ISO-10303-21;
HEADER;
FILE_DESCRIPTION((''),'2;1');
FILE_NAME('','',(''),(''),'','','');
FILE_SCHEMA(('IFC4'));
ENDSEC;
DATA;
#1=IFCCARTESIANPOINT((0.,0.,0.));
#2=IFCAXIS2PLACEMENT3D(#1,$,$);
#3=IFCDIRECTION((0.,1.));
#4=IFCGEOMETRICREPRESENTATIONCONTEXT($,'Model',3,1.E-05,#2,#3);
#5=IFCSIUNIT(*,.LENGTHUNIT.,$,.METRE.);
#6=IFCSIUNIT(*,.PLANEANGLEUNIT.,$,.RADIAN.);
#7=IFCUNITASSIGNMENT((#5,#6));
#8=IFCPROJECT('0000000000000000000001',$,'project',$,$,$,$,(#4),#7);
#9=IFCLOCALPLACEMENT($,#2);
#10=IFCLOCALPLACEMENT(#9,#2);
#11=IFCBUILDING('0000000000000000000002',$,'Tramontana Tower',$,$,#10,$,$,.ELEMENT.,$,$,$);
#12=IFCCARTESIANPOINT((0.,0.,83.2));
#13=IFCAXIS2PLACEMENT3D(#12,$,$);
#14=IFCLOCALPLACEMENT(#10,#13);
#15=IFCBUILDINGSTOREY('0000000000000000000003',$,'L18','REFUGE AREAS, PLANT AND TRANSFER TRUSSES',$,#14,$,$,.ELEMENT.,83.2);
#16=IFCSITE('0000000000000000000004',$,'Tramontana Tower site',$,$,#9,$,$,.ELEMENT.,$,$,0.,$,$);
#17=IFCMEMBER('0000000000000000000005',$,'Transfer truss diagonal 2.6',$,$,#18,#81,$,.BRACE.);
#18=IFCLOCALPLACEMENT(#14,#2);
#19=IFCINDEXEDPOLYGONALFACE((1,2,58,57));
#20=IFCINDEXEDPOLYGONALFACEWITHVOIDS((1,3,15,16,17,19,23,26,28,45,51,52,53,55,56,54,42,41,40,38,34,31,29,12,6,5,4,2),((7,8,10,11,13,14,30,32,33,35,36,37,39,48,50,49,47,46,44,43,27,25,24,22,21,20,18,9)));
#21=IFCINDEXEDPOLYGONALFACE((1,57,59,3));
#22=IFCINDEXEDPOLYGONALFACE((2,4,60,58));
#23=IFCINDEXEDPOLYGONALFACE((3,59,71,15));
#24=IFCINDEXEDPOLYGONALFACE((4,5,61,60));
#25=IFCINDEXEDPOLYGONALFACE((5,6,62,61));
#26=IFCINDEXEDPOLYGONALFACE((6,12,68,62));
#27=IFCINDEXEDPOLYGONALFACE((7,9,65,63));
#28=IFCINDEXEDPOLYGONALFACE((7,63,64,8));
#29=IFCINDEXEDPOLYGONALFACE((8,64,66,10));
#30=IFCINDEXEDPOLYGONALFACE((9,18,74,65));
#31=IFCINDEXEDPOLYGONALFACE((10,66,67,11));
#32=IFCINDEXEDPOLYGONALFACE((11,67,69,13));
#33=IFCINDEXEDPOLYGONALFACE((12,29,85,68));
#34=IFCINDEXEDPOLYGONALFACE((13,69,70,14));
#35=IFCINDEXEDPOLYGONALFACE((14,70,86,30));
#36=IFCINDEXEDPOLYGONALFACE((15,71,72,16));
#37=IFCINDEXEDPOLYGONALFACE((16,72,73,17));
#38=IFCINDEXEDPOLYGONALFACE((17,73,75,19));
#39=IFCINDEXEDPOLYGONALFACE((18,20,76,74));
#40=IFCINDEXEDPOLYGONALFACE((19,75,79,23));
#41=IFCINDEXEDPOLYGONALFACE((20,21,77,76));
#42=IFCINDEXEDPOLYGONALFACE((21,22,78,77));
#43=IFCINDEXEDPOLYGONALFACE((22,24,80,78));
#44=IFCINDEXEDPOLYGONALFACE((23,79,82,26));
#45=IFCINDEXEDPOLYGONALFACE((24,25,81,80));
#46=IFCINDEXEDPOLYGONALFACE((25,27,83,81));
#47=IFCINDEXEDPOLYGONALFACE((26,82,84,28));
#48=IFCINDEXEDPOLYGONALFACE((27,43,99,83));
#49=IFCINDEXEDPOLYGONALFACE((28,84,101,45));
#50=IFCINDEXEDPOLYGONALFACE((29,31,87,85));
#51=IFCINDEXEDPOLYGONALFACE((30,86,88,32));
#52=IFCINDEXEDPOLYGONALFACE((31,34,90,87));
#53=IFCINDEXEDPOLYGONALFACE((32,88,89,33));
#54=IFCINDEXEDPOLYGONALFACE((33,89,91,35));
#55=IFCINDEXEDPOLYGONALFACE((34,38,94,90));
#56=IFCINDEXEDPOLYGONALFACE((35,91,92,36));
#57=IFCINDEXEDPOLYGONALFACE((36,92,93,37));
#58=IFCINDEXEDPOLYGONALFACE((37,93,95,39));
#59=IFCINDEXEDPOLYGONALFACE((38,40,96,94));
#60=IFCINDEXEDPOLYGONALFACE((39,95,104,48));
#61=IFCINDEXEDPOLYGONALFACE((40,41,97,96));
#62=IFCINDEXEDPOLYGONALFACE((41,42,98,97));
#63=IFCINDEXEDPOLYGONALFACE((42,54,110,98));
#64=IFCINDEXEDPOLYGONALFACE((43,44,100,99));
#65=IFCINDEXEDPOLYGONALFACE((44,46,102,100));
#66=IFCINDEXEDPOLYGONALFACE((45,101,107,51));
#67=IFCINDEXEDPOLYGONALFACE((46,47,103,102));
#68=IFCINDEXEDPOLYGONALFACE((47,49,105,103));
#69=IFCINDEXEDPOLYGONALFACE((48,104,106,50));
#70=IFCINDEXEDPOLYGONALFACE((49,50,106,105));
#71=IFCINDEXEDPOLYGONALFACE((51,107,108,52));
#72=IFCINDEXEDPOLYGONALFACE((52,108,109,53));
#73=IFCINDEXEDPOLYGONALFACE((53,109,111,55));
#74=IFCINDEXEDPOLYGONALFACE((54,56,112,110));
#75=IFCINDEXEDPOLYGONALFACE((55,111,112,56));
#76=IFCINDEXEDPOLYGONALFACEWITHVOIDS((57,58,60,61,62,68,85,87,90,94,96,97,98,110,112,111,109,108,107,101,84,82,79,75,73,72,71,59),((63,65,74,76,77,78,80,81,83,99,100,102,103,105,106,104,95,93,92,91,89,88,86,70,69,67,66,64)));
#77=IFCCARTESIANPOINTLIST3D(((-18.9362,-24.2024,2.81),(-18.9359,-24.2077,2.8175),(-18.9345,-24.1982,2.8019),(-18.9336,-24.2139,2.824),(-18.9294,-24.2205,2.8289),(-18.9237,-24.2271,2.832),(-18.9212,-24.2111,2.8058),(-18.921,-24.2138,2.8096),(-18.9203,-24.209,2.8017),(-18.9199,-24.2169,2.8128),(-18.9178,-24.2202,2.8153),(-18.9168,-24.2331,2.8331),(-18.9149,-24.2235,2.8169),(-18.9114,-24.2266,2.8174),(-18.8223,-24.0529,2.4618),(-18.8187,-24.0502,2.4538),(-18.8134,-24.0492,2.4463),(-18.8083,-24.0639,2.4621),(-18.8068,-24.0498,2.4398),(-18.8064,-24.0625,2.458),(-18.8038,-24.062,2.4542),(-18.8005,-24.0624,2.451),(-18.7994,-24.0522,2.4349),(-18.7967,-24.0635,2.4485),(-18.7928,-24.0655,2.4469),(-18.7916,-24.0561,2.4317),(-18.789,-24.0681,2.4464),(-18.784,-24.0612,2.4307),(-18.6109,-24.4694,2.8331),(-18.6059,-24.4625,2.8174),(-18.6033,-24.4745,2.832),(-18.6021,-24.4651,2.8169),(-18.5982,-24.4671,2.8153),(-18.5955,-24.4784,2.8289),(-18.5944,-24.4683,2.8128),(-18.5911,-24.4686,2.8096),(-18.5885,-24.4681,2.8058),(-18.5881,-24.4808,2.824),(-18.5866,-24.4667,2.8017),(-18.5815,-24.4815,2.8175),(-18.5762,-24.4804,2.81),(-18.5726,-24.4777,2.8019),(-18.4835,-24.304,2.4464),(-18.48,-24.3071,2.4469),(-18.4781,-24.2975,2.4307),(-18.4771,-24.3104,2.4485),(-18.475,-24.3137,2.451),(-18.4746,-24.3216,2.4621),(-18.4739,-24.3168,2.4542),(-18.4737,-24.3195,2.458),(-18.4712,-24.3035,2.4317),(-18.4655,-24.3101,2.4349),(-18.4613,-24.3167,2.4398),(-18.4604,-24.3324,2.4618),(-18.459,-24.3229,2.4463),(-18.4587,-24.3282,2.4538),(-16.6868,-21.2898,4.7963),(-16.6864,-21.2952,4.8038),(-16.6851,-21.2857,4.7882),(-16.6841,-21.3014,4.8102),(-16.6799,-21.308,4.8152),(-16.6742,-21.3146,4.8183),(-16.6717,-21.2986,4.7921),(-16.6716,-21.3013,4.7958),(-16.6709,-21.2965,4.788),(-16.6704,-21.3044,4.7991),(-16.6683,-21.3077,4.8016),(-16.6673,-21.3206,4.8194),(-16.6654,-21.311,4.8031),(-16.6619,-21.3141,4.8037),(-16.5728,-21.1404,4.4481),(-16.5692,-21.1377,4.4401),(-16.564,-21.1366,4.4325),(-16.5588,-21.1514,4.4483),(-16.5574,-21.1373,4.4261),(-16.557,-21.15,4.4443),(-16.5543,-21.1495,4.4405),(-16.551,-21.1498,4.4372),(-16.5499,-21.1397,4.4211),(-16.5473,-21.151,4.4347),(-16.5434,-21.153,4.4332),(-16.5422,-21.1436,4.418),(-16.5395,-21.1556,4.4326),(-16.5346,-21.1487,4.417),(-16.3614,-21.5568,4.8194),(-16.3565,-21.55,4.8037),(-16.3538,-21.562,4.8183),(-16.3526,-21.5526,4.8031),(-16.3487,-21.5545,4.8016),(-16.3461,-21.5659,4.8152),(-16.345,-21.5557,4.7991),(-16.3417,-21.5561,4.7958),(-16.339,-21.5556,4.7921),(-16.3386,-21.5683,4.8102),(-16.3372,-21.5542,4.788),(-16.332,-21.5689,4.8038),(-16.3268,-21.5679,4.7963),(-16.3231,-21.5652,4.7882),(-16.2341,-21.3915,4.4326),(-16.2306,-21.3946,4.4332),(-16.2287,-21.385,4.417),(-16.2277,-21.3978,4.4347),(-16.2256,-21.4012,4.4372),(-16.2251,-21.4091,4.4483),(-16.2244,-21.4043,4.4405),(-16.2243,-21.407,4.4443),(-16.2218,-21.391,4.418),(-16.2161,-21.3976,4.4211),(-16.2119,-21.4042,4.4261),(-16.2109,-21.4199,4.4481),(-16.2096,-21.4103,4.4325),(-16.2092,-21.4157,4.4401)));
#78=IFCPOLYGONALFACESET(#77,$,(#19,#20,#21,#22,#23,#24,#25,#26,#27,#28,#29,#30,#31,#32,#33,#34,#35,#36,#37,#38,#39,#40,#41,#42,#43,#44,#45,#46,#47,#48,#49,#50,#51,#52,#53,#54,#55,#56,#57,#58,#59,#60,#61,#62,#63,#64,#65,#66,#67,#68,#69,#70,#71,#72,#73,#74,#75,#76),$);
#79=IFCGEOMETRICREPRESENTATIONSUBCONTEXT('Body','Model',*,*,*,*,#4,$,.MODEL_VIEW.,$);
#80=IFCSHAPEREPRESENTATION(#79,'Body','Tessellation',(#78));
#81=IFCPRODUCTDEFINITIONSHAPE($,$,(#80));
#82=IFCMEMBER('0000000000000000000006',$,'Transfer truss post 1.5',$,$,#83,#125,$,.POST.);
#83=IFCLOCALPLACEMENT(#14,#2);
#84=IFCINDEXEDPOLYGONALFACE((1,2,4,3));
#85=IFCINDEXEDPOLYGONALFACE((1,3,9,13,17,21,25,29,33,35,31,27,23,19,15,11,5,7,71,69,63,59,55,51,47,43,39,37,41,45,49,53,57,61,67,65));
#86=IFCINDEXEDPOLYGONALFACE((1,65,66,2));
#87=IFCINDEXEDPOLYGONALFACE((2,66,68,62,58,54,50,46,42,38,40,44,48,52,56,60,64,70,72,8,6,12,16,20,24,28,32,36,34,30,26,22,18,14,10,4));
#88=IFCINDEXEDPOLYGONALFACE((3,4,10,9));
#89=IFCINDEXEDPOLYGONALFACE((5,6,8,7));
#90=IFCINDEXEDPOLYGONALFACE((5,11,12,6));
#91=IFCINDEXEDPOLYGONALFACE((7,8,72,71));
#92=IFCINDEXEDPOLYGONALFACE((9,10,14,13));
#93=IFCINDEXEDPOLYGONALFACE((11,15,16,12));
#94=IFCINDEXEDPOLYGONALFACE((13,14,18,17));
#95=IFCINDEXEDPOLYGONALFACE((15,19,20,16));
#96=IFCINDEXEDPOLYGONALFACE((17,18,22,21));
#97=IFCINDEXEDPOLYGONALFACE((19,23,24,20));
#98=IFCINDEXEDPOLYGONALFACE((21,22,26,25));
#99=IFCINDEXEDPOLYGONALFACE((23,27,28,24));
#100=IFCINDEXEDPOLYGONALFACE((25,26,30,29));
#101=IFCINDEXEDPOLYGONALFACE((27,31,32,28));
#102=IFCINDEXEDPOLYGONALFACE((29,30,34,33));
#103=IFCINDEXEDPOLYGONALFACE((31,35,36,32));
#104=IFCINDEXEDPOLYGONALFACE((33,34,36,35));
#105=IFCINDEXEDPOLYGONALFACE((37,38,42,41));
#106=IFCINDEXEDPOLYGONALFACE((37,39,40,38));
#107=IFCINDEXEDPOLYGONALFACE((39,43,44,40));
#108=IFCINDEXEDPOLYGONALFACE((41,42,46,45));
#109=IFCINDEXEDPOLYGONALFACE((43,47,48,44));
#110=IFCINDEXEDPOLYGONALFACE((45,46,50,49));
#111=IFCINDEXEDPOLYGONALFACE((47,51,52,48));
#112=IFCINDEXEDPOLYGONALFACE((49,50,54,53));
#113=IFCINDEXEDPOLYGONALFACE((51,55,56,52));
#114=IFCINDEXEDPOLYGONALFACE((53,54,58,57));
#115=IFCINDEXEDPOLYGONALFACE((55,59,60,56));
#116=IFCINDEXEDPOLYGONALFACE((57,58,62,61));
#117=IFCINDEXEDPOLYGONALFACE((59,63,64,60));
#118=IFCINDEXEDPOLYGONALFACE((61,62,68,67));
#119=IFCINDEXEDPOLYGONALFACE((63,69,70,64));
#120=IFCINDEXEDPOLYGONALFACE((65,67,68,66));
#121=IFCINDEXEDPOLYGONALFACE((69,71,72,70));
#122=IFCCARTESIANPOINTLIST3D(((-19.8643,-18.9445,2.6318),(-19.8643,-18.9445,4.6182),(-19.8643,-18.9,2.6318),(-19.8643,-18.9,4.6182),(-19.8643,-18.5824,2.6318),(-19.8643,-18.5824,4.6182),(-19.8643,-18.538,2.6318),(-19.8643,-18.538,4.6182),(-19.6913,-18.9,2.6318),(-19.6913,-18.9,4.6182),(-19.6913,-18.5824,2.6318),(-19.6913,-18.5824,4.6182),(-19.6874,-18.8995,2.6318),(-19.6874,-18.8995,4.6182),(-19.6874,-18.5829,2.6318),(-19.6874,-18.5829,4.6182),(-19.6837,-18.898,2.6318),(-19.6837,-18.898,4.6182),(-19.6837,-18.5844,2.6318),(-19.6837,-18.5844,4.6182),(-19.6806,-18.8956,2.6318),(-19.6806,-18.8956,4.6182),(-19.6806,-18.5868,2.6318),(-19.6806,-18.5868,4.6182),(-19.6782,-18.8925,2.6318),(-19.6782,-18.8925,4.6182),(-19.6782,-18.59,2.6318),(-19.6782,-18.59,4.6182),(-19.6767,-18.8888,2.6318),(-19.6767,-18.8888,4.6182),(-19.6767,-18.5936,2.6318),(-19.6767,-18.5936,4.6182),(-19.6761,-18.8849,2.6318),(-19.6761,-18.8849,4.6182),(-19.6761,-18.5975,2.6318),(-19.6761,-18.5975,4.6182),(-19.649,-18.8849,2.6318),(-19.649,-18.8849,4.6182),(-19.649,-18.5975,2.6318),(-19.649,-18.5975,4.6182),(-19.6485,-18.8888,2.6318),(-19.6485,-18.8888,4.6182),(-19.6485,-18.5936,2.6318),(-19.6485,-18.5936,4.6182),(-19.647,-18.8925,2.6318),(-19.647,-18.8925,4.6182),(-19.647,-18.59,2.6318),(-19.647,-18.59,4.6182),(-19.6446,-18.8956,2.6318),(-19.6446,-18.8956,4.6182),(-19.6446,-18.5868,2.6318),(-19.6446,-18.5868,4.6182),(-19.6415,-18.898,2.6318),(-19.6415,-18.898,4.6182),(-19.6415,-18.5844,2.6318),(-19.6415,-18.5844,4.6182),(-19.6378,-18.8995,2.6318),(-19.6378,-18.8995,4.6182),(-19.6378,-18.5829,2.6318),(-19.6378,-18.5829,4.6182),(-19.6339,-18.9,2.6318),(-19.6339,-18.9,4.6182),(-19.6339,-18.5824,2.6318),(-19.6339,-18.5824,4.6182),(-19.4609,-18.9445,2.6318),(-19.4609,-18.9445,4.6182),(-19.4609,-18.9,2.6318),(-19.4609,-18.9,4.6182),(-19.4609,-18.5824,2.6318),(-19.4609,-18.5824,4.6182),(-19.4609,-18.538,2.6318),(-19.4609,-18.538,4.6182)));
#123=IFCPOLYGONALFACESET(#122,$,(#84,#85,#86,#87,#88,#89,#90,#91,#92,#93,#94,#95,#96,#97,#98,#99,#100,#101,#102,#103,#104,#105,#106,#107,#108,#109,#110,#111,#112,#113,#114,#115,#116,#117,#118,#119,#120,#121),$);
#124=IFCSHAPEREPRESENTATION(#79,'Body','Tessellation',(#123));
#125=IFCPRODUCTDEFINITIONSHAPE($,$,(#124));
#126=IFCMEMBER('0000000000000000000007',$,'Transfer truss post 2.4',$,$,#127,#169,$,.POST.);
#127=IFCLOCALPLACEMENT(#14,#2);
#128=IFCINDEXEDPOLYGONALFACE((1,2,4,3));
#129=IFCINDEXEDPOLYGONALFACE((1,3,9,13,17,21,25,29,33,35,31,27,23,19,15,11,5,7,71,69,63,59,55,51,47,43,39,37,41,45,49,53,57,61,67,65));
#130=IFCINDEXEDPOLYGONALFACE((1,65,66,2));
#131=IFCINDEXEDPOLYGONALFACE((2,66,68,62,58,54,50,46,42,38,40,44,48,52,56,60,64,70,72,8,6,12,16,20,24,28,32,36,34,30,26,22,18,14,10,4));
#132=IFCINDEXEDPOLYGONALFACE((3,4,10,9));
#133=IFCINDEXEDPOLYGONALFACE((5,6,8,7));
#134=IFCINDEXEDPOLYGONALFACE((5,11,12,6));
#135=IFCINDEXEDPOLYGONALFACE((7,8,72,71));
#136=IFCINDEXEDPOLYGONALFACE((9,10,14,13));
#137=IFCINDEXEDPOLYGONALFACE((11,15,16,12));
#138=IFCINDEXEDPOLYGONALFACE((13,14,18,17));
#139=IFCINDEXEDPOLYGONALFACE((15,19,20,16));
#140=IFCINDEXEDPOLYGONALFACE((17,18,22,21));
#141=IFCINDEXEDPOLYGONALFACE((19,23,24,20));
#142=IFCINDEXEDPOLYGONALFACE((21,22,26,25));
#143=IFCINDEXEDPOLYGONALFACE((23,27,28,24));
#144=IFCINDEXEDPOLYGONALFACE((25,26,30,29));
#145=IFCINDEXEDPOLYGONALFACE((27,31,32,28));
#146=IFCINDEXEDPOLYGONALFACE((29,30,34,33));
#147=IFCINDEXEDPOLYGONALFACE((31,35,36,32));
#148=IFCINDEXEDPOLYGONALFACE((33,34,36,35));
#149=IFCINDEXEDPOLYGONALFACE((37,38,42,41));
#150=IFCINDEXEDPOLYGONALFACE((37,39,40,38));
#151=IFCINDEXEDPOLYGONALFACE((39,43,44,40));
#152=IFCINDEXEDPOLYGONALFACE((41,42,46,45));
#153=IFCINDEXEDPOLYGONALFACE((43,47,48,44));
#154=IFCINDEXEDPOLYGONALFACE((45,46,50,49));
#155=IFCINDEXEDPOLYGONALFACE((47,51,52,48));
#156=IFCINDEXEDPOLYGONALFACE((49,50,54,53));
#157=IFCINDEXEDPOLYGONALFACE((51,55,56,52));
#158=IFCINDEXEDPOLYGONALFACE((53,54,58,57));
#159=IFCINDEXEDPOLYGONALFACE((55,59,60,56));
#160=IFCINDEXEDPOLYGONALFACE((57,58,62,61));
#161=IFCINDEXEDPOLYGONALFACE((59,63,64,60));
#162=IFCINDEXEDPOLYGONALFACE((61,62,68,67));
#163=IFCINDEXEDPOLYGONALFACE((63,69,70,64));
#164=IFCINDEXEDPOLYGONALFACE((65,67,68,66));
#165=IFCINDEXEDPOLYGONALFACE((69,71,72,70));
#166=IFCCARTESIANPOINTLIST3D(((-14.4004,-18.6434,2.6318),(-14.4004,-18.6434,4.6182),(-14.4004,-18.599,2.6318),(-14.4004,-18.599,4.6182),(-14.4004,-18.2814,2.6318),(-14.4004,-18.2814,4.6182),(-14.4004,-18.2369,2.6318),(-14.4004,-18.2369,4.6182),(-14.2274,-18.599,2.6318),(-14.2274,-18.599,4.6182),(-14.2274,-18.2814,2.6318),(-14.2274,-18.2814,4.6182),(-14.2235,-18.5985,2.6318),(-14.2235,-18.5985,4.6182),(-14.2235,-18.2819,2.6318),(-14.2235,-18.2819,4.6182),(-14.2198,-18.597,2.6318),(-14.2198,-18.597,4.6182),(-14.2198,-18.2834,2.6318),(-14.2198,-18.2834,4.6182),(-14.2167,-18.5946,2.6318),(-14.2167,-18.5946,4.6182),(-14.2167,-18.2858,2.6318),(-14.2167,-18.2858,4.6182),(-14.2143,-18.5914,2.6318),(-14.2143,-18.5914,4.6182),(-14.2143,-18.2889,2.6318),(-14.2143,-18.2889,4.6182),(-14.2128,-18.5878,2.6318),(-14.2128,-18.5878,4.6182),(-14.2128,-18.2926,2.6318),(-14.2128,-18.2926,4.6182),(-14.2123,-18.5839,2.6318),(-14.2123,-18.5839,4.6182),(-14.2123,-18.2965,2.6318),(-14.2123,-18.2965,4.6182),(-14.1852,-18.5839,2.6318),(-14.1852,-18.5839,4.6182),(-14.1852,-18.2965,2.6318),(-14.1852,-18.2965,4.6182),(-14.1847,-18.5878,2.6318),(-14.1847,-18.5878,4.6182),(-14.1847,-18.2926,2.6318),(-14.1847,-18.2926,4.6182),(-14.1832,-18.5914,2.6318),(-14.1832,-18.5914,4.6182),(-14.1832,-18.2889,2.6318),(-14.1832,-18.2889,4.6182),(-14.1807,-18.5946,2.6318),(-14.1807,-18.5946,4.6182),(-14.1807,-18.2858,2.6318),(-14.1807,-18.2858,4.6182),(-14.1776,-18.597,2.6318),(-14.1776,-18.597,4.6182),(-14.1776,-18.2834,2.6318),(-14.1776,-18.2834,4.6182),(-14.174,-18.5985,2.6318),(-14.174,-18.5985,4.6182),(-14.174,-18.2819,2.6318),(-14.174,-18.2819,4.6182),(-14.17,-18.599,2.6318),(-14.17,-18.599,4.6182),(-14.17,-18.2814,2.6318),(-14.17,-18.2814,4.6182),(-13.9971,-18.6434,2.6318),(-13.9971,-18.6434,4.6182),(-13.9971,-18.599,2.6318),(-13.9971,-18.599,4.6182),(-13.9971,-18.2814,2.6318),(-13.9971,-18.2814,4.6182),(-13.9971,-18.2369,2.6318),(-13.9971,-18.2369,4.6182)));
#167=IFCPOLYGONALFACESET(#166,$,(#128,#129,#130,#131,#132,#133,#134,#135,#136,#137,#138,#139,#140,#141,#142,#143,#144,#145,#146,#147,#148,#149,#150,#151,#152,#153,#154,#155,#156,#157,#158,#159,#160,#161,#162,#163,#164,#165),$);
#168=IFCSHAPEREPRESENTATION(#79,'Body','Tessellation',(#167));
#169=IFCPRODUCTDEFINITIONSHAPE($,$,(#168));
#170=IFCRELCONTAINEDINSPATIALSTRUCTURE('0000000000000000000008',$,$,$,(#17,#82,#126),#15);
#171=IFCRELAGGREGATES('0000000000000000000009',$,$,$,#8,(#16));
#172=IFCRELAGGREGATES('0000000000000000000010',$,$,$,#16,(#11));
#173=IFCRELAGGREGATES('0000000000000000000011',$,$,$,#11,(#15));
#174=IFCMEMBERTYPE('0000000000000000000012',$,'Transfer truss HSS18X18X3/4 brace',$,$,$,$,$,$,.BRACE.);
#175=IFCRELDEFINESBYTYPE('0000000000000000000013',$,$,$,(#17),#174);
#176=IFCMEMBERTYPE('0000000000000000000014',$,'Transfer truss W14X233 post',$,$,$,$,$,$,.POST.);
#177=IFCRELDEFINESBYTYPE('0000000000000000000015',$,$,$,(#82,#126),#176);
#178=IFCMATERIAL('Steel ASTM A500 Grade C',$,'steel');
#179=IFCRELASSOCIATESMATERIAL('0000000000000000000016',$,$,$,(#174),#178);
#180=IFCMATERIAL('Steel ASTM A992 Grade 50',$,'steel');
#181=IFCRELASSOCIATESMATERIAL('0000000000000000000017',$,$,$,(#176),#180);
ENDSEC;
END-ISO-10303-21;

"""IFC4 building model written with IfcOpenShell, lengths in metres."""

from ifc_helpers import new_model, si_unit, direction, frame, origin, origin_2d, place, context, subcontext, project, spatial, hollow_rectangle, i_section, extrude, material, material_profile, profile_set, type_object, element, save


model = new_model("IFC4")

# Units and contexts
model_context = context("Model", 3, precision=1e-05, world=origin(), true_north=direction((0.0, 1.0)))
body_context = subcontext(model_context, "Body", "Model", "MODEL_VIEW")
ifc_project = project(units=[si_unit("LENGTHUNIT", "METRE"), si_unit("PLANEANGLEUNIT", "RADIAN")], contexts=[model_context])

# Site, building, storey
site_placement = place(None, origin())
site = spatial("IfcSite", under=ifc_project, at=site_placement, Name="Tramontana Tower site", CompositionType="ELEMENT", RefElevation=0.0)
building_placement = place(site_placement, origin())
building = spatial("IfcBuilding", under=site, at=building_placement, Name="Tramontana Tower", CompositionType="ELEMENT")
storey_placement = place(building_placement, frame((0.0, 0.0, 83.2)))
storey = spatial("IfcBuildingStorey", under=building, at=storey_placement, Name="L18", Description="REFUGE AREAS, PLANT AND TRANSFER TRUSSES", CompositionType="ELEMENT", Elevation=83.2)

# Members
ifc_material_1 = material(Name="Steel ASTM A500 Grade C", Category="steel")
ifc_material_profile_1 = material_profile(ifc_material_1, hollow_rectangle(XDim=0.4573, YDim=0.4573, WallThickness=0.0178, InnerFilletRadius=0.0178, OuterFilletRadius=0.0354, at=origin_2d()), Name="HSS18X18X3/4")
ifc_profile_set_1 = profile_set([ifc_material_profile_1], Name="Steel ASTM A500 Grade C")
member_type_1 = type_object("IfcMemberType", Name="Transfer truss HSS18X18X3/4 brace", PredefinedType="BRACE", material=ifc_profile_set_1)
for number, where, z_axis, x_axis, name in (
    (1, (-16.448, -21.3528, 4.6182), (-0.537905, -0.696462, -0.474972), (0.791434, -0.611255, 0.0), "Transfer truss diagonal 2.6"),
):
    element("IfcMember", number, at=place(storey_placement, frame(where, z_axis=z_axis, x_axis=x_axis)), inside=storey, type_object=member_type_1, Name=name, PredefinedType="BRACE", context=body_context, shape_type="SweptSolid", body=[
        extrude(hollow_rectangle(XDim=0.4573, YDim=0.4573, WallThickness=0.0178, InnerFilletRadius=0.0178, OuterFilletRadius=0.0354, at=origin_2d()), origin(), (0.0, 0.0, 1.0), 4.1819),
    ])
ifc_material_2 = material(Name="Steel ASTM A992 Grade 50", Category="steel")
ifc_material_profile_2 = material_profile(ifc_material_2, i_section(OverallWidth=0.4033, OverallDepth=0.4065, WebThickness=0.0271, FlangeThickness=0.0444, FilletRadius=0.0151, at=origin_2d()), Name="W14X233")
ifc_profile_set_2 = profile_set([ifc_material_profile_2], Name="Steel ASTM A992 Grade 50")
member_type_2 = type_object("IfcMemberType", Name="Transfer truss W14X233 post", PredefinedType="POST", material=ifc_profile_set_2)
for number, where, z_axis, x_axis, name in (
    (2, (-19.6626, -18.7412, 2.6318), (0.0, 0.0, 1.0), (1.0, 0.0, 0.0), "Transfer truss post 1.5"),
    (3, (-14.1987, -18.4402, 2.6318), (0.0, 0.0, 1.0), (1.0, 0.0, 0.0), "Transfer truss post 2.4"),
):
    element("IfcMember", number, at=place(storey_placement, frame(where, z_axis=z_axis, x_axis=x_axis)), inside=storey, type_object=member_type_2, Name=name, PredefinedType="POST", context=body_context, shape_type="SweptSolid", body=[
        extrude(i_section(OverallWidth=0.4033, OverallDepth=0.4065, WebThickness=0.0271, FlangeThickness=0.0444, FilletRadius=0.0151, at=origin_2d()), origin(), (0.0, 0.0, 1.0), 1.9863),
    ])

save(model, "model.ifc")
